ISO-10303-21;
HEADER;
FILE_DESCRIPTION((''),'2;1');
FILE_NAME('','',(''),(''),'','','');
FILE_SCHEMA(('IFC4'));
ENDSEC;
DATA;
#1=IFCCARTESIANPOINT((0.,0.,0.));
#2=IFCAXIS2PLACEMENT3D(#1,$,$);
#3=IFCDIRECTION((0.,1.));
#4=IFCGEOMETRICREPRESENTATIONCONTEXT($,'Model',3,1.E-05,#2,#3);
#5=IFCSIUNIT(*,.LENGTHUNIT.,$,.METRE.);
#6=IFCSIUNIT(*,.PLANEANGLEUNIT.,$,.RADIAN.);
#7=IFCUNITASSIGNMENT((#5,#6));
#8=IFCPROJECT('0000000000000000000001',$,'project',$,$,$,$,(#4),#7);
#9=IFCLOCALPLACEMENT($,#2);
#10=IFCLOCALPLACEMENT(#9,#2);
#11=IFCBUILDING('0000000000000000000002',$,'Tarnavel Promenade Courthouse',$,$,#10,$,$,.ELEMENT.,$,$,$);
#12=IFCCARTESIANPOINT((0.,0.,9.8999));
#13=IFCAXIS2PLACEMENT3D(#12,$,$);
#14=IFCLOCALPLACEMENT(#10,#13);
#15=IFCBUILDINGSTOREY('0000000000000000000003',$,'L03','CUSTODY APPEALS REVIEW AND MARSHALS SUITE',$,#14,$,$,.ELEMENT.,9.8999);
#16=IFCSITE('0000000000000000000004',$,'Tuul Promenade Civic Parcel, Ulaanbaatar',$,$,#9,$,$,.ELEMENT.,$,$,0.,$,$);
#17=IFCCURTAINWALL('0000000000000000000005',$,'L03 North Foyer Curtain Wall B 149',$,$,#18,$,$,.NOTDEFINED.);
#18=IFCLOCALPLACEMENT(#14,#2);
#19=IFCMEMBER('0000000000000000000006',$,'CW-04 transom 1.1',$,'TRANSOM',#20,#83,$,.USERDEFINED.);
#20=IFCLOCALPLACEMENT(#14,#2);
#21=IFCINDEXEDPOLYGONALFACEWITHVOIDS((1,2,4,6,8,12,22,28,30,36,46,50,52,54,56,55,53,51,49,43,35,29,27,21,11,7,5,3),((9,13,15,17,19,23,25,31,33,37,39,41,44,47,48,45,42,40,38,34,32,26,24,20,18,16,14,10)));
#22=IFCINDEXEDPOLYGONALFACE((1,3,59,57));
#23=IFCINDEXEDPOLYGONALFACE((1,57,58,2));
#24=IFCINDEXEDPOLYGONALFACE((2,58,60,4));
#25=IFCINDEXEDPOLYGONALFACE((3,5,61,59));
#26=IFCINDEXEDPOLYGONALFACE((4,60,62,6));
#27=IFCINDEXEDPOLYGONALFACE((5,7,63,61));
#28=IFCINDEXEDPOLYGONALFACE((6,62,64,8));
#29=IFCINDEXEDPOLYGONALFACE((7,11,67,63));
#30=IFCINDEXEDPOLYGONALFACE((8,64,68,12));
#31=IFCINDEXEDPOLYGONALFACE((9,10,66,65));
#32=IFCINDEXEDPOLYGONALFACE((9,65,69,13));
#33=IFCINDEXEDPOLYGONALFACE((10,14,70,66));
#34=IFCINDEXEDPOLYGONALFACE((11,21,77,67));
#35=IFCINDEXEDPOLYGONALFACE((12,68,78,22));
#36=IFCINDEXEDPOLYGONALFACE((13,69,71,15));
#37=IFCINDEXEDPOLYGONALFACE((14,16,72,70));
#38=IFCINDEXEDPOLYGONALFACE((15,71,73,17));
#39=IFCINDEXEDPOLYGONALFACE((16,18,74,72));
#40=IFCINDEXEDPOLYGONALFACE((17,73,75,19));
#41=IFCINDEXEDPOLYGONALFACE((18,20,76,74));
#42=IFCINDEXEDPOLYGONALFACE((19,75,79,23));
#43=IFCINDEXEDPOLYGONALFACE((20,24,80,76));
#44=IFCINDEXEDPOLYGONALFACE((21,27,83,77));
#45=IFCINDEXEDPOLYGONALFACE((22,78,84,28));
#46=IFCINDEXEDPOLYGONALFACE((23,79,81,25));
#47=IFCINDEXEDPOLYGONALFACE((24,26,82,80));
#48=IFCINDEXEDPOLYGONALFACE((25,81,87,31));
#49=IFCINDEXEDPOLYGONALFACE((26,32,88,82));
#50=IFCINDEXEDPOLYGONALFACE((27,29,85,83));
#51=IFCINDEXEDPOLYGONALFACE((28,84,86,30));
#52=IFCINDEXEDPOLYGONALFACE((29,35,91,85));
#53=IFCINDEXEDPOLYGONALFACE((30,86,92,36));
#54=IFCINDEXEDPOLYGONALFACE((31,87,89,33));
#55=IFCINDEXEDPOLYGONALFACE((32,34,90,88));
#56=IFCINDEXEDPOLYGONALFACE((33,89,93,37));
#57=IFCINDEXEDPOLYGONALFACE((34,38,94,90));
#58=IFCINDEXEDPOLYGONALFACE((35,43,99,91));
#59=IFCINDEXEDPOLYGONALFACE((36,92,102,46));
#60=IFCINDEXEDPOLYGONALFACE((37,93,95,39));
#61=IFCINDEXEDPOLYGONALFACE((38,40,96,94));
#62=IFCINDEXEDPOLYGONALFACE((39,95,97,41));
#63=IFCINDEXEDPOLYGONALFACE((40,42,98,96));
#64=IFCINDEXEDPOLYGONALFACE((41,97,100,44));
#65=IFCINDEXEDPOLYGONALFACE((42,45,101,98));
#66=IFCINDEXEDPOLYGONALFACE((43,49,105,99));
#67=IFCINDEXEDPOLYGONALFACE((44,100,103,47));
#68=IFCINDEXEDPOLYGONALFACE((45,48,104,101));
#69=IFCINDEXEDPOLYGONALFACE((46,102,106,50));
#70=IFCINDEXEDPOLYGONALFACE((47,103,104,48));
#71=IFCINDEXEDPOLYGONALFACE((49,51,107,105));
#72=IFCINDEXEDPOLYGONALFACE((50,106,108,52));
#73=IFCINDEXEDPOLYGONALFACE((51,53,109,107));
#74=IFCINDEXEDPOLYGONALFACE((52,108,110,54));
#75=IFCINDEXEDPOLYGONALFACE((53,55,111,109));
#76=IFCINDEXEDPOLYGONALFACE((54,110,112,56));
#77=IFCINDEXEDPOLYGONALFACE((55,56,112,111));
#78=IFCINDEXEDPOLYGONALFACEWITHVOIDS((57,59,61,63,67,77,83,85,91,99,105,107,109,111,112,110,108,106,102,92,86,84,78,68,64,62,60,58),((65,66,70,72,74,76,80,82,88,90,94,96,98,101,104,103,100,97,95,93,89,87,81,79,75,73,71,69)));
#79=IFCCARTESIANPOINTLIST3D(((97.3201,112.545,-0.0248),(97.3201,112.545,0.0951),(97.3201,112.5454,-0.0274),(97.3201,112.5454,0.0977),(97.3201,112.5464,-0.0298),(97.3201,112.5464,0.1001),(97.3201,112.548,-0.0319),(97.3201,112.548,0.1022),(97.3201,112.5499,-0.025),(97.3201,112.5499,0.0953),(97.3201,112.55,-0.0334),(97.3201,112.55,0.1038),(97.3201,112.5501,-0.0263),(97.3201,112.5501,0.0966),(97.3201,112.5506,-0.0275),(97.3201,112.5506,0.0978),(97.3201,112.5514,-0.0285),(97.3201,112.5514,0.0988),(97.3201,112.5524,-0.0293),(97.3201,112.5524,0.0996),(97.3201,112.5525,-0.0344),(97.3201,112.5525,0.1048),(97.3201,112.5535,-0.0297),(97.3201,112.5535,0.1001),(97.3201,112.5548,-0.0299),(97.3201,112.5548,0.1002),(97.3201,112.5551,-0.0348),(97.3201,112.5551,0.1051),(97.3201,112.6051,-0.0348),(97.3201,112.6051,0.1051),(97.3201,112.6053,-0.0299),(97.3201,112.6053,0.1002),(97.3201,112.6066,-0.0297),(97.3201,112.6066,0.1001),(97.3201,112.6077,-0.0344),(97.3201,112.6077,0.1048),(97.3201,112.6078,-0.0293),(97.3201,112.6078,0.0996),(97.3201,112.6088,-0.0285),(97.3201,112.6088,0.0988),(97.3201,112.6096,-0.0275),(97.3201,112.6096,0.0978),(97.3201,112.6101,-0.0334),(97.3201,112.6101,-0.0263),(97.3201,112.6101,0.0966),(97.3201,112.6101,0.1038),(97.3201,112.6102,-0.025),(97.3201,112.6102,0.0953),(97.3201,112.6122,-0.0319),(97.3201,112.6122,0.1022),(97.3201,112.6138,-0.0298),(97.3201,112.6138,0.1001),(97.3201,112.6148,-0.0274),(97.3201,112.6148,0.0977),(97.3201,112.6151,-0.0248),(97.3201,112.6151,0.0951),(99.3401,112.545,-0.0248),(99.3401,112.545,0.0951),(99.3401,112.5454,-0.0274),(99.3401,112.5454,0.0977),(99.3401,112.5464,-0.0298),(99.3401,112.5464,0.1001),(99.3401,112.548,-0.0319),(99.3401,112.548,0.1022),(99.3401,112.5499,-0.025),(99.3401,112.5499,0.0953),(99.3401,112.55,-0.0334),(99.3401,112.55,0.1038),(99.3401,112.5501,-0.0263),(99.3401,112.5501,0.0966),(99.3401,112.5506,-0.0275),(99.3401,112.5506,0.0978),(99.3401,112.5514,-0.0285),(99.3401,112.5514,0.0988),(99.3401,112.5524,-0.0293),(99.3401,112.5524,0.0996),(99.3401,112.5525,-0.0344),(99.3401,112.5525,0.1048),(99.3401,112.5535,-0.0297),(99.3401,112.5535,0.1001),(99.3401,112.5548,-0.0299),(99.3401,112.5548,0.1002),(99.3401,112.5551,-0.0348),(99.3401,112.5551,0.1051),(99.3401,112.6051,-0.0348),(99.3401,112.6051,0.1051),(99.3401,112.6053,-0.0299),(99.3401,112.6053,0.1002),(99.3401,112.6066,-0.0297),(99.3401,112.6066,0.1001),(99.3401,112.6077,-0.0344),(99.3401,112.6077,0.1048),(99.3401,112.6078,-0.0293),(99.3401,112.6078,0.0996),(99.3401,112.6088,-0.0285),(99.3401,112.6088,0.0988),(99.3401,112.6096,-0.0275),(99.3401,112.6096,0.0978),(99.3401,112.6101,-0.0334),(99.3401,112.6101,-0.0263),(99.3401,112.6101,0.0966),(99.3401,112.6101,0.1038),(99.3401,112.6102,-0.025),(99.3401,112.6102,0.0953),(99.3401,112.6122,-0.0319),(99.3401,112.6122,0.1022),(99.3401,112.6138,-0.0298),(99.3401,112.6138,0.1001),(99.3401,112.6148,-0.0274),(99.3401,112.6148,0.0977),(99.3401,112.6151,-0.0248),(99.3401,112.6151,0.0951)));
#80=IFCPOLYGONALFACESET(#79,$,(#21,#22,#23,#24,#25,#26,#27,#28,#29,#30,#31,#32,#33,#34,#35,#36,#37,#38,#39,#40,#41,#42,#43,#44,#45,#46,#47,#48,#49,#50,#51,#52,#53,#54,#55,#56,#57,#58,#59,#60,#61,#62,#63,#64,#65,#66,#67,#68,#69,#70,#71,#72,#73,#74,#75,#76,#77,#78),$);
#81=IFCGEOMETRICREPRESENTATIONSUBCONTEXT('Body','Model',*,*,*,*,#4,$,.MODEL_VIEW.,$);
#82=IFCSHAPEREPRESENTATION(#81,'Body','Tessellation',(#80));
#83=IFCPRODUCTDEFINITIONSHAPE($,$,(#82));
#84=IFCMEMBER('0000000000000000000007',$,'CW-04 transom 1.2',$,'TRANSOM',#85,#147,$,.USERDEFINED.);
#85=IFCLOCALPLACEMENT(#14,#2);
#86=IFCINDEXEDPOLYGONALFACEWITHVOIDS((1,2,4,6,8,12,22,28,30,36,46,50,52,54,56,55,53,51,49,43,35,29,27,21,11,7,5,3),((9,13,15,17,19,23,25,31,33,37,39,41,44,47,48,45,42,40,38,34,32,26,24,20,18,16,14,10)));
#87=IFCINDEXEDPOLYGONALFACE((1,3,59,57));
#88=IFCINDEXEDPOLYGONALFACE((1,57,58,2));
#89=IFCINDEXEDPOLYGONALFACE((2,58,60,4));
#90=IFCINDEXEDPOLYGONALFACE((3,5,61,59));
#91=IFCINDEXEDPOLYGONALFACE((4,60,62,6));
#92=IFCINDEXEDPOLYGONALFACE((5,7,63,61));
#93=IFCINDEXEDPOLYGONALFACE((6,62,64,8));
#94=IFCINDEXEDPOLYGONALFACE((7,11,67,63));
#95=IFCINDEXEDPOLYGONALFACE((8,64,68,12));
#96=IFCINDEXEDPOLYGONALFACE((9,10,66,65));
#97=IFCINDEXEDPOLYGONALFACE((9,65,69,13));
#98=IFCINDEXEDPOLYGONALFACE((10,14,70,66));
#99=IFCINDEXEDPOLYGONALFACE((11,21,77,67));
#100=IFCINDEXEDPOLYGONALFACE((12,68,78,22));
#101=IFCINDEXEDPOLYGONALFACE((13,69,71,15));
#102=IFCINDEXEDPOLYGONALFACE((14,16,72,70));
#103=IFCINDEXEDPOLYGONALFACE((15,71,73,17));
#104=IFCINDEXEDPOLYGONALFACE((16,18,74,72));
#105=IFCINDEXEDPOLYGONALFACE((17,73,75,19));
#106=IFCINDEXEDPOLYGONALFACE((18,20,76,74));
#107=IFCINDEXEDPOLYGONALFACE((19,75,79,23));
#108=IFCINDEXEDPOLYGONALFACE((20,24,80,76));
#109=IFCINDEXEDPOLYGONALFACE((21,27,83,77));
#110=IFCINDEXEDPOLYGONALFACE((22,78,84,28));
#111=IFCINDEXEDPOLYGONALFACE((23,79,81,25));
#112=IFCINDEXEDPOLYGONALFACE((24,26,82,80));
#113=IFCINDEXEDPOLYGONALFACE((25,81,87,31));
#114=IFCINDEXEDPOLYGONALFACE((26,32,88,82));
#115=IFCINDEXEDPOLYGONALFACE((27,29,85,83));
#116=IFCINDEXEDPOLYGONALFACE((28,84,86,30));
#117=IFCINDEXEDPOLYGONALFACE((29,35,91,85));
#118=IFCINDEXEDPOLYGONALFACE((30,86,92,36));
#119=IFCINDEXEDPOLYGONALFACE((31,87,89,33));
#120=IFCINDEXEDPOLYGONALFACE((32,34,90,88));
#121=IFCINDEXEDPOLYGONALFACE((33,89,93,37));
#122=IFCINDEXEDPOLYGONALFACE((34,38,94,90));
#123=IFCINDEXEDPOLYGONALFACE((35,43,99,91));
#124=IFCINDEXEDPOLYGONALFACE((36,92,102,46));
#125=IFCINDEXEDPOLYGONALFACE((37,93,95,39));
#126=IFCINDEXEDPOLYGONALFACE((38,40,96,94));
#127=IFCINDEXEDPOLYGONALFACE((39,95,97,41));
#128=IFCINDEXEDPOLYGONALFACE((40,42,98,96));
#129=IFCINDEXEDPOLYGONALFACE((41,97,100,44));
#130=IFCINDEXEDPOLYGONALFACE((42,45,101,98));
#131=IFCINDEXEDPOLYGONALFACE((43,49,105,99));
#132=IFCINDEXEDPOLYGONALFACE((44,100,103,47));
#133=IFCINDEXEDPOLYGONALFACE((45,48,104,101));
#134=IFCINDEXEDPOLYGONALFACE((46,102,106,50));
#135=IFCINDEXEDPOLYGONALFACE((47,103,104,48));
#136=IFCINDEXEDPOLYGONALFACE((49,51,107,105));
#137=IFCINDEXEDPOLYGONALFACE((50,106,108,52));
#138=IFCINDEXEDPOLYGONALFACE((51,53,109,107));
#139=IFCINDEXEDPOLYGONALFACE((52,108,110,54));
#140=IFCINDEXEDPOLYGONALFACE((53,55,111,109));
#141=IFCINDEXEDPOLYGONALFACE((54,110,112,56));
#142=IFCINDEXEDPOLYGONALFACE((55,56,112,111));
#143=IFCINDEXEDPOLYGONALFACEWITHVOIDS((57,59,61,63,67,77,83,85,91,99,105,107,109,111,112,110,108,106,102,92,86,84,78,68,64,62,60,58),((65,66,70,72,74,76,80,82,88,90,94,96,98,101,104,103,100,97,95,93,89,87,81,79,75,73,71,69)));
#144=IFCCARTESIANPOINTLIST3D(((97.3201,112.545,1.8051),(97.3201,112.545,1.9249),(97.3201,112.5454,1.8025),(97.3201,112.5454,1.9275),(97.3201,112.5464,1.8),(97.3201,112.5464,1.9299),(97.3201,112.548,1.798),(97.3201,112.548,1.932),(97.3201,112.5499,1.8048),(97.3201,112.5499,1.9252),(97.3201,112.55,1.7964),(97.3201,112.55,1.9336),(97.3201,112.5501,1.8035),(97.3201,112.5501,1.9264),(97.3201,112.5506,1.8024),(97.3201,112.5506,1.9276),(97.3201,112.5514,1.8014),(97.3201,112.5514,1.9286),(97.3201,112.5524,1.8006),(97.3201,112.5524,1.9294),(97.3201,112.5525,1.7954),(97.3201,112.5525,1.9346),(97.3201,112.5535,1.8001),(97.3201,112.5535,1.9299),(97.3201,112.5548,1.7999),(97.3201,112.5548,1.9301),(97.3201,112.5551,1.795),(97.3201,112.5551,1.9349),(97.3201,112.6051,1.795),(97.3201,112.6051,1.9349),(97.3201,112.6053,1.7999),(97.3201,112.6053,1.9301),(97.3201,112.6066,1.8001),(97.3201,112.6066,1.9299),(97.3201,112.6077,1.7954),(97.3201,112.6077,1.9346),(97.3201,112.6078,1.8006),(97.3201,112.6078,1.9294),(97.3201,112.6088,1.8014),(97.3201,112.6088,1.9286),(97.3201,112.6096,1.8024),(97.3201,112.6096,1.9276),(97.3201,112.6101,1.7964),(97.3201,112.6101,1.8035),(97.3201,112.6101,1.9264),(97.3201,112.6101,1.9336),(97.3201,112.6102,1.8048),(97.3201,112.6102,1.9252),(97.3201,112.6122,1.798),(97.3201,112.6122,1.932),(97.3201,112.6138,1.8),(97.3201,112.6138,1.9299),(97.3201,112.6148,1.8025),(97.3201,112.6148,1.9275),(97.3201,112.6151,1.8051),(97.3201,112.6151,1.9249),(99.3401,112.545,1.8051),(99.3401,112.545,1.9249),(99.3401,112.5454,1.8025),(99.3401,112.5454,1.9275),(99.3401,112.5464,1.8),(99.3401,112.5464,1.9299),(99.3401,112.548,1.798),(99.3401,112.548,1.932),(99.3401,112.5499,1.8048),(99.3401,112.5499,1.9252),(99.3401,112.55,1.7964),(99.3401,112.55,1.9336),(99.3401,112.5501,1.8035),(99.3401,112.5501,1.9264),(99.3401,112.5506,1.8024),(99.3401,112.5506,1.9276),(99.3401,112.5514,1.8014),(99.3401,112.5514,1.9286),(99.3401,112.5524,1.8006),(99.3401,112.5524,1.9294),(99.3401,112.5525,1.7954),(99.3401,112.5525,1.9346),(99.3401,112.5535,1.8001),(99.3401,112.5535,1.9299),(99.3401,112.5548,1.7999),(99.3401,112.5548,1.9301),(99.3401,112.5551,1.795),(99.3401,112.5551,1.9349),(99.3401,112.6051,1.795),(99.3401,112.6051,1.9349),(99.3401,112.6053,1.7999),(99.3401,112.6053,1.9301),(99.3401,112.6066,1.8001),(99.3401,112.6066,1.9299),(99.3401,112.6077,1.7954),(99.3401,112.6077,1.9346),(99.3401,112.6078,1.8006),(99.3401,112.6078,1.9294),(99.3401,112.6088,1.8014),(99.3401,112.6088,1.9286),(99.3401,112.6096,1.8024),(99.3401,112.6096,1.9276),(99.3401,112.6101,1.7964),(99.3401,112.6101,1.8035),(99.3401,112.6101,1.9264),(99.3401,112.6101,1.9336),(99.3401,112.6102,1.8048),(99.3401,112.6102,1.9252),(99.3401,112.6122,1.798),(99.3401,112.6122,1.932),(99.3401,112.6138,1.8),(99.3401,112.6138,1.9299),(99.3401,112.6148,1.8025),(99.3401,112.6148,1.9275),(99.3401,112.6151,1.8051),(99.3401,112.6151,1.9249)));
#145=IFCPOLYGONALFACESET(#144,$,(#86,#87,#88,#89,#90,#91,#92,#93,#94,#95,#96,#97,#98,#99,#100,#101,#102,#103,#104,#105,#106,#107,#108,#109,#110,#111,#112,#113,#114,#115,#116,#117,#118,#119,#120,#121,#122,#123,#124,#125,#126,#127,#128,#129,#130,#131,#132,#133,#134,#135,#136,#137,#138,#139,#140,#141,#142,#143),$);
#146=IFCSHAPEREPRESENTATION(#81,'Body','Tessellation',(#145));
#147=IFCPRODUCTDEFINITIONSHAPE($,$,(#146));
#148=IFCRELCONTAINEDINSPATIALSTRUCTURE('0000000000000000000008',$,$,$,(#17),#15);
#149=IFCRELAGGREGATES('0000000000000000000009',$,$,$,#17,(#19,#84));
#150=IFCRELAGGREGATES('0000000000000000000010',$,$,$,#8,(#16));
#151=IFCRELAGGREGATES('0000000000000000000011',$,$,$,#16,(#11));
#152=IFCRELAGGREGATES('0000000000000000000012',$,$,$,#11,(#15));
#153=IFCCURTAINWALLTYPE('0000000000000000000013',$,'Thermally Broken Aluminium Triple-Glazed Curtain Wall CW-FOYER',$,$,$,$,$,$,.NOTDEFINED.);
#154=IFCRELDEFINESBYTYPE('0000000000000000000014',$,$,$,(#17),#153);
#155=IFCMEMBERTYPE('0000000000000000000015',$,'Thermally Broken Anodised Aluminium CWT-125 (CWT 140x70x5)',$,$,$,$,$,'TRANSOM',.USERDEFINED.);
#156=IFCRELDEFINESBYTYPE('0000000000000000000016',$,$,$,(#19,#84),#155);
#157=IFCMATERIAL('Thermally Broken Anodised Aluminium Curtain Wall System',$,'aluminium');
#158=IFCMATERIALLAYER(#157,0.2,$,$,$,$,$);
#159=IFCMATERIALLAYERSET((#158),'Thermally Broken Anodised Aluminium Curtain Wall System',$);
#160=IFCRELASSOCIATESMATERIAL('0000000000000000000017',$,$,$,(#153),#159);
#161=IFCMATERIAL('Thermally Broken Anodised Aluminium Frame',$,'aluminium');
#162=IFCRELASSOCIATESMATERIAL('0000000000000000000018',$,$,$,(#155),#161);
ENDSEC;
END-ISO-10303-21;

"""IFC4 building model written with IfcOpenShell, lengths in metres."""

from ifc_helpers import new_model, si_unit, direction, frame, origin, origin_2d, place, context, subcontext, project, spatial, hollow_rectangle, extrude, material, layer, layer_set, material_profile, profile_set, type_object, element, aggregate, save


model = new_model("IFC4")

# Units and contexts
model_context = context("Model", 3, precision=1e-05, world=origin(), true_north=direction((0.0, 1.0)))
body_context = subcontext(model_context, "Body", "Model", "MODEL_VIEW")
ifc_project = project(units=[si_unit("LENGTHUNIT", "METRE"), si_unit("PLANEANGLEUNIT", "RADIAN")], contexts=[model_context])

# Site, building, storey
site_placement = place(None, origin())
site = spatial("IfcSite", under=ifc_project, at=site_placement, Name="Tuul Promenade Civic Parcel, Ulaanbaatar", CompositionType="ELEMENT", RefElevation=0.0)
building_placement = place(site_placement, origin())
building = spatial("IfcBuilding", under=site, at=building_placement, Name="Tarnavel Promenade Courthouse", CompositionType="ELEMENT")
storey_placement = place(building_placement, frame((0.0, 0.0, 9.8999)))
storey = spatial("IfcBuildingStorey", under=building, at=storey_placement, Name="L03", Description="CUSTODY APPEALS REVIEW AND MARSHALS SUITE", CompositionType="ELEMENT", Elevation=9.8999)

# Shared definitions
ifc_material_1 = material(Name="Thermally Broken Anodised Aluminium Curtain Wall System", Category="aluminium")
ifc_layer_1 = layer(ifc_material_1, 0.2)
ifc_layer_set_1 = layer_set([ifc_layer_1], Name="Thermally Broken Anodised Aluminium Curtain Wall System")
curtain_wall_type = type_object("IfcCurtainWallType", Name="Thermally Broken Aluminium Triple-Glazed Curtain Wall CW-FOYER", PredefinedType="NOTDEFINED", material=ifc_layer_set_1)
ifc_material_2 = material(Name="Thermally Broken Anodised Aluminium Frame", Category="aluminium")

# Curtain wall, members
curtain_wall_1_placement = place(storey_placement, origin())
curtain_wall_1 = element("IfcCurtainWall", 1, at=curtain_wall_1_placement, inside=storey, type_object=curtain_wall_type, Name="L03 North Foyer Curtain Wall B 149", PredefinedType="NOTDEFINED")
ifc_material_profile_1 = material_profile(ifc_material_2, hollow_rectangle(XDim=0.0701, YDim=0.1399, WallThickness=0.0049, InnerFilletRadius=0.0049, OuterFilletRadius=0.01, at=origin_2d()), Name="CWT 140x70x5")
ifc_profile_set_1 = profile_set([ifc_material_profile_1], Name="Thermally Broken Anodised Aluminium Frame")
member_type_1 = type_object("IfcMemberType", Name="Thermally Broken Anodised Aluminium CWT-125 (CWT 140x70x5)", ElementType="TRANSOM", PredefinedType="USERDEFINED", material=ifc_profile_set_1)
member_1_placement = place(storey_placement, frame((97.3201, 112.5801, 0.0352), z_axis=(1.0, 0.0, 0.0), x_axis=(0.0, 1.0, 0.0)))
member_1 = element("IfcMember", 2, at=member_1_placement, type_object=member_type_1, Name="CW-04 transom 1.1", ObjectType="TRANSOM", PredefinedType="USERDEFINED", context=body_context, shape_type="SweptSolid", body=[
    extrude(hollow_rectangle(XDim=0.0701, YDim=0.1399, WallThickness=0.0049, InnerFilletRadius=0.0049, OuterFilletRadius=0.01, at=origin_2d()), origin(), (0.0, 0.0, 1.0), 2.02),
])
member_2_placement = place(storey_placement, frame((97.3201, 112.5801, 1.865), z_axis=(1.0, 0.0, 0.0), x_axis=(0.0, 1.0, 0.0)))
member_2 = element("IfcMember", 3, at=member_2_placement, type_object=member_type_1, Name="CW-04 transom 1.2", ObjectType="TRANSOM", PredefinedType="USERDEFINED", context=body_context, shape_type="SweptSolid", body=[
    extrude(hollow_rectangle(XDim=0.0701, YDim=0.1399, WallThickness=0.0049, InnerFilletRadius=0.0049, OuterFilletRadius=0.01, at=origin_2d()), origin(), (0.0, 0.0, 1.0), 2.02),
])
aggregate(curtain_wall_1, [member_1, member_2])

save(model, "model.ifc")
